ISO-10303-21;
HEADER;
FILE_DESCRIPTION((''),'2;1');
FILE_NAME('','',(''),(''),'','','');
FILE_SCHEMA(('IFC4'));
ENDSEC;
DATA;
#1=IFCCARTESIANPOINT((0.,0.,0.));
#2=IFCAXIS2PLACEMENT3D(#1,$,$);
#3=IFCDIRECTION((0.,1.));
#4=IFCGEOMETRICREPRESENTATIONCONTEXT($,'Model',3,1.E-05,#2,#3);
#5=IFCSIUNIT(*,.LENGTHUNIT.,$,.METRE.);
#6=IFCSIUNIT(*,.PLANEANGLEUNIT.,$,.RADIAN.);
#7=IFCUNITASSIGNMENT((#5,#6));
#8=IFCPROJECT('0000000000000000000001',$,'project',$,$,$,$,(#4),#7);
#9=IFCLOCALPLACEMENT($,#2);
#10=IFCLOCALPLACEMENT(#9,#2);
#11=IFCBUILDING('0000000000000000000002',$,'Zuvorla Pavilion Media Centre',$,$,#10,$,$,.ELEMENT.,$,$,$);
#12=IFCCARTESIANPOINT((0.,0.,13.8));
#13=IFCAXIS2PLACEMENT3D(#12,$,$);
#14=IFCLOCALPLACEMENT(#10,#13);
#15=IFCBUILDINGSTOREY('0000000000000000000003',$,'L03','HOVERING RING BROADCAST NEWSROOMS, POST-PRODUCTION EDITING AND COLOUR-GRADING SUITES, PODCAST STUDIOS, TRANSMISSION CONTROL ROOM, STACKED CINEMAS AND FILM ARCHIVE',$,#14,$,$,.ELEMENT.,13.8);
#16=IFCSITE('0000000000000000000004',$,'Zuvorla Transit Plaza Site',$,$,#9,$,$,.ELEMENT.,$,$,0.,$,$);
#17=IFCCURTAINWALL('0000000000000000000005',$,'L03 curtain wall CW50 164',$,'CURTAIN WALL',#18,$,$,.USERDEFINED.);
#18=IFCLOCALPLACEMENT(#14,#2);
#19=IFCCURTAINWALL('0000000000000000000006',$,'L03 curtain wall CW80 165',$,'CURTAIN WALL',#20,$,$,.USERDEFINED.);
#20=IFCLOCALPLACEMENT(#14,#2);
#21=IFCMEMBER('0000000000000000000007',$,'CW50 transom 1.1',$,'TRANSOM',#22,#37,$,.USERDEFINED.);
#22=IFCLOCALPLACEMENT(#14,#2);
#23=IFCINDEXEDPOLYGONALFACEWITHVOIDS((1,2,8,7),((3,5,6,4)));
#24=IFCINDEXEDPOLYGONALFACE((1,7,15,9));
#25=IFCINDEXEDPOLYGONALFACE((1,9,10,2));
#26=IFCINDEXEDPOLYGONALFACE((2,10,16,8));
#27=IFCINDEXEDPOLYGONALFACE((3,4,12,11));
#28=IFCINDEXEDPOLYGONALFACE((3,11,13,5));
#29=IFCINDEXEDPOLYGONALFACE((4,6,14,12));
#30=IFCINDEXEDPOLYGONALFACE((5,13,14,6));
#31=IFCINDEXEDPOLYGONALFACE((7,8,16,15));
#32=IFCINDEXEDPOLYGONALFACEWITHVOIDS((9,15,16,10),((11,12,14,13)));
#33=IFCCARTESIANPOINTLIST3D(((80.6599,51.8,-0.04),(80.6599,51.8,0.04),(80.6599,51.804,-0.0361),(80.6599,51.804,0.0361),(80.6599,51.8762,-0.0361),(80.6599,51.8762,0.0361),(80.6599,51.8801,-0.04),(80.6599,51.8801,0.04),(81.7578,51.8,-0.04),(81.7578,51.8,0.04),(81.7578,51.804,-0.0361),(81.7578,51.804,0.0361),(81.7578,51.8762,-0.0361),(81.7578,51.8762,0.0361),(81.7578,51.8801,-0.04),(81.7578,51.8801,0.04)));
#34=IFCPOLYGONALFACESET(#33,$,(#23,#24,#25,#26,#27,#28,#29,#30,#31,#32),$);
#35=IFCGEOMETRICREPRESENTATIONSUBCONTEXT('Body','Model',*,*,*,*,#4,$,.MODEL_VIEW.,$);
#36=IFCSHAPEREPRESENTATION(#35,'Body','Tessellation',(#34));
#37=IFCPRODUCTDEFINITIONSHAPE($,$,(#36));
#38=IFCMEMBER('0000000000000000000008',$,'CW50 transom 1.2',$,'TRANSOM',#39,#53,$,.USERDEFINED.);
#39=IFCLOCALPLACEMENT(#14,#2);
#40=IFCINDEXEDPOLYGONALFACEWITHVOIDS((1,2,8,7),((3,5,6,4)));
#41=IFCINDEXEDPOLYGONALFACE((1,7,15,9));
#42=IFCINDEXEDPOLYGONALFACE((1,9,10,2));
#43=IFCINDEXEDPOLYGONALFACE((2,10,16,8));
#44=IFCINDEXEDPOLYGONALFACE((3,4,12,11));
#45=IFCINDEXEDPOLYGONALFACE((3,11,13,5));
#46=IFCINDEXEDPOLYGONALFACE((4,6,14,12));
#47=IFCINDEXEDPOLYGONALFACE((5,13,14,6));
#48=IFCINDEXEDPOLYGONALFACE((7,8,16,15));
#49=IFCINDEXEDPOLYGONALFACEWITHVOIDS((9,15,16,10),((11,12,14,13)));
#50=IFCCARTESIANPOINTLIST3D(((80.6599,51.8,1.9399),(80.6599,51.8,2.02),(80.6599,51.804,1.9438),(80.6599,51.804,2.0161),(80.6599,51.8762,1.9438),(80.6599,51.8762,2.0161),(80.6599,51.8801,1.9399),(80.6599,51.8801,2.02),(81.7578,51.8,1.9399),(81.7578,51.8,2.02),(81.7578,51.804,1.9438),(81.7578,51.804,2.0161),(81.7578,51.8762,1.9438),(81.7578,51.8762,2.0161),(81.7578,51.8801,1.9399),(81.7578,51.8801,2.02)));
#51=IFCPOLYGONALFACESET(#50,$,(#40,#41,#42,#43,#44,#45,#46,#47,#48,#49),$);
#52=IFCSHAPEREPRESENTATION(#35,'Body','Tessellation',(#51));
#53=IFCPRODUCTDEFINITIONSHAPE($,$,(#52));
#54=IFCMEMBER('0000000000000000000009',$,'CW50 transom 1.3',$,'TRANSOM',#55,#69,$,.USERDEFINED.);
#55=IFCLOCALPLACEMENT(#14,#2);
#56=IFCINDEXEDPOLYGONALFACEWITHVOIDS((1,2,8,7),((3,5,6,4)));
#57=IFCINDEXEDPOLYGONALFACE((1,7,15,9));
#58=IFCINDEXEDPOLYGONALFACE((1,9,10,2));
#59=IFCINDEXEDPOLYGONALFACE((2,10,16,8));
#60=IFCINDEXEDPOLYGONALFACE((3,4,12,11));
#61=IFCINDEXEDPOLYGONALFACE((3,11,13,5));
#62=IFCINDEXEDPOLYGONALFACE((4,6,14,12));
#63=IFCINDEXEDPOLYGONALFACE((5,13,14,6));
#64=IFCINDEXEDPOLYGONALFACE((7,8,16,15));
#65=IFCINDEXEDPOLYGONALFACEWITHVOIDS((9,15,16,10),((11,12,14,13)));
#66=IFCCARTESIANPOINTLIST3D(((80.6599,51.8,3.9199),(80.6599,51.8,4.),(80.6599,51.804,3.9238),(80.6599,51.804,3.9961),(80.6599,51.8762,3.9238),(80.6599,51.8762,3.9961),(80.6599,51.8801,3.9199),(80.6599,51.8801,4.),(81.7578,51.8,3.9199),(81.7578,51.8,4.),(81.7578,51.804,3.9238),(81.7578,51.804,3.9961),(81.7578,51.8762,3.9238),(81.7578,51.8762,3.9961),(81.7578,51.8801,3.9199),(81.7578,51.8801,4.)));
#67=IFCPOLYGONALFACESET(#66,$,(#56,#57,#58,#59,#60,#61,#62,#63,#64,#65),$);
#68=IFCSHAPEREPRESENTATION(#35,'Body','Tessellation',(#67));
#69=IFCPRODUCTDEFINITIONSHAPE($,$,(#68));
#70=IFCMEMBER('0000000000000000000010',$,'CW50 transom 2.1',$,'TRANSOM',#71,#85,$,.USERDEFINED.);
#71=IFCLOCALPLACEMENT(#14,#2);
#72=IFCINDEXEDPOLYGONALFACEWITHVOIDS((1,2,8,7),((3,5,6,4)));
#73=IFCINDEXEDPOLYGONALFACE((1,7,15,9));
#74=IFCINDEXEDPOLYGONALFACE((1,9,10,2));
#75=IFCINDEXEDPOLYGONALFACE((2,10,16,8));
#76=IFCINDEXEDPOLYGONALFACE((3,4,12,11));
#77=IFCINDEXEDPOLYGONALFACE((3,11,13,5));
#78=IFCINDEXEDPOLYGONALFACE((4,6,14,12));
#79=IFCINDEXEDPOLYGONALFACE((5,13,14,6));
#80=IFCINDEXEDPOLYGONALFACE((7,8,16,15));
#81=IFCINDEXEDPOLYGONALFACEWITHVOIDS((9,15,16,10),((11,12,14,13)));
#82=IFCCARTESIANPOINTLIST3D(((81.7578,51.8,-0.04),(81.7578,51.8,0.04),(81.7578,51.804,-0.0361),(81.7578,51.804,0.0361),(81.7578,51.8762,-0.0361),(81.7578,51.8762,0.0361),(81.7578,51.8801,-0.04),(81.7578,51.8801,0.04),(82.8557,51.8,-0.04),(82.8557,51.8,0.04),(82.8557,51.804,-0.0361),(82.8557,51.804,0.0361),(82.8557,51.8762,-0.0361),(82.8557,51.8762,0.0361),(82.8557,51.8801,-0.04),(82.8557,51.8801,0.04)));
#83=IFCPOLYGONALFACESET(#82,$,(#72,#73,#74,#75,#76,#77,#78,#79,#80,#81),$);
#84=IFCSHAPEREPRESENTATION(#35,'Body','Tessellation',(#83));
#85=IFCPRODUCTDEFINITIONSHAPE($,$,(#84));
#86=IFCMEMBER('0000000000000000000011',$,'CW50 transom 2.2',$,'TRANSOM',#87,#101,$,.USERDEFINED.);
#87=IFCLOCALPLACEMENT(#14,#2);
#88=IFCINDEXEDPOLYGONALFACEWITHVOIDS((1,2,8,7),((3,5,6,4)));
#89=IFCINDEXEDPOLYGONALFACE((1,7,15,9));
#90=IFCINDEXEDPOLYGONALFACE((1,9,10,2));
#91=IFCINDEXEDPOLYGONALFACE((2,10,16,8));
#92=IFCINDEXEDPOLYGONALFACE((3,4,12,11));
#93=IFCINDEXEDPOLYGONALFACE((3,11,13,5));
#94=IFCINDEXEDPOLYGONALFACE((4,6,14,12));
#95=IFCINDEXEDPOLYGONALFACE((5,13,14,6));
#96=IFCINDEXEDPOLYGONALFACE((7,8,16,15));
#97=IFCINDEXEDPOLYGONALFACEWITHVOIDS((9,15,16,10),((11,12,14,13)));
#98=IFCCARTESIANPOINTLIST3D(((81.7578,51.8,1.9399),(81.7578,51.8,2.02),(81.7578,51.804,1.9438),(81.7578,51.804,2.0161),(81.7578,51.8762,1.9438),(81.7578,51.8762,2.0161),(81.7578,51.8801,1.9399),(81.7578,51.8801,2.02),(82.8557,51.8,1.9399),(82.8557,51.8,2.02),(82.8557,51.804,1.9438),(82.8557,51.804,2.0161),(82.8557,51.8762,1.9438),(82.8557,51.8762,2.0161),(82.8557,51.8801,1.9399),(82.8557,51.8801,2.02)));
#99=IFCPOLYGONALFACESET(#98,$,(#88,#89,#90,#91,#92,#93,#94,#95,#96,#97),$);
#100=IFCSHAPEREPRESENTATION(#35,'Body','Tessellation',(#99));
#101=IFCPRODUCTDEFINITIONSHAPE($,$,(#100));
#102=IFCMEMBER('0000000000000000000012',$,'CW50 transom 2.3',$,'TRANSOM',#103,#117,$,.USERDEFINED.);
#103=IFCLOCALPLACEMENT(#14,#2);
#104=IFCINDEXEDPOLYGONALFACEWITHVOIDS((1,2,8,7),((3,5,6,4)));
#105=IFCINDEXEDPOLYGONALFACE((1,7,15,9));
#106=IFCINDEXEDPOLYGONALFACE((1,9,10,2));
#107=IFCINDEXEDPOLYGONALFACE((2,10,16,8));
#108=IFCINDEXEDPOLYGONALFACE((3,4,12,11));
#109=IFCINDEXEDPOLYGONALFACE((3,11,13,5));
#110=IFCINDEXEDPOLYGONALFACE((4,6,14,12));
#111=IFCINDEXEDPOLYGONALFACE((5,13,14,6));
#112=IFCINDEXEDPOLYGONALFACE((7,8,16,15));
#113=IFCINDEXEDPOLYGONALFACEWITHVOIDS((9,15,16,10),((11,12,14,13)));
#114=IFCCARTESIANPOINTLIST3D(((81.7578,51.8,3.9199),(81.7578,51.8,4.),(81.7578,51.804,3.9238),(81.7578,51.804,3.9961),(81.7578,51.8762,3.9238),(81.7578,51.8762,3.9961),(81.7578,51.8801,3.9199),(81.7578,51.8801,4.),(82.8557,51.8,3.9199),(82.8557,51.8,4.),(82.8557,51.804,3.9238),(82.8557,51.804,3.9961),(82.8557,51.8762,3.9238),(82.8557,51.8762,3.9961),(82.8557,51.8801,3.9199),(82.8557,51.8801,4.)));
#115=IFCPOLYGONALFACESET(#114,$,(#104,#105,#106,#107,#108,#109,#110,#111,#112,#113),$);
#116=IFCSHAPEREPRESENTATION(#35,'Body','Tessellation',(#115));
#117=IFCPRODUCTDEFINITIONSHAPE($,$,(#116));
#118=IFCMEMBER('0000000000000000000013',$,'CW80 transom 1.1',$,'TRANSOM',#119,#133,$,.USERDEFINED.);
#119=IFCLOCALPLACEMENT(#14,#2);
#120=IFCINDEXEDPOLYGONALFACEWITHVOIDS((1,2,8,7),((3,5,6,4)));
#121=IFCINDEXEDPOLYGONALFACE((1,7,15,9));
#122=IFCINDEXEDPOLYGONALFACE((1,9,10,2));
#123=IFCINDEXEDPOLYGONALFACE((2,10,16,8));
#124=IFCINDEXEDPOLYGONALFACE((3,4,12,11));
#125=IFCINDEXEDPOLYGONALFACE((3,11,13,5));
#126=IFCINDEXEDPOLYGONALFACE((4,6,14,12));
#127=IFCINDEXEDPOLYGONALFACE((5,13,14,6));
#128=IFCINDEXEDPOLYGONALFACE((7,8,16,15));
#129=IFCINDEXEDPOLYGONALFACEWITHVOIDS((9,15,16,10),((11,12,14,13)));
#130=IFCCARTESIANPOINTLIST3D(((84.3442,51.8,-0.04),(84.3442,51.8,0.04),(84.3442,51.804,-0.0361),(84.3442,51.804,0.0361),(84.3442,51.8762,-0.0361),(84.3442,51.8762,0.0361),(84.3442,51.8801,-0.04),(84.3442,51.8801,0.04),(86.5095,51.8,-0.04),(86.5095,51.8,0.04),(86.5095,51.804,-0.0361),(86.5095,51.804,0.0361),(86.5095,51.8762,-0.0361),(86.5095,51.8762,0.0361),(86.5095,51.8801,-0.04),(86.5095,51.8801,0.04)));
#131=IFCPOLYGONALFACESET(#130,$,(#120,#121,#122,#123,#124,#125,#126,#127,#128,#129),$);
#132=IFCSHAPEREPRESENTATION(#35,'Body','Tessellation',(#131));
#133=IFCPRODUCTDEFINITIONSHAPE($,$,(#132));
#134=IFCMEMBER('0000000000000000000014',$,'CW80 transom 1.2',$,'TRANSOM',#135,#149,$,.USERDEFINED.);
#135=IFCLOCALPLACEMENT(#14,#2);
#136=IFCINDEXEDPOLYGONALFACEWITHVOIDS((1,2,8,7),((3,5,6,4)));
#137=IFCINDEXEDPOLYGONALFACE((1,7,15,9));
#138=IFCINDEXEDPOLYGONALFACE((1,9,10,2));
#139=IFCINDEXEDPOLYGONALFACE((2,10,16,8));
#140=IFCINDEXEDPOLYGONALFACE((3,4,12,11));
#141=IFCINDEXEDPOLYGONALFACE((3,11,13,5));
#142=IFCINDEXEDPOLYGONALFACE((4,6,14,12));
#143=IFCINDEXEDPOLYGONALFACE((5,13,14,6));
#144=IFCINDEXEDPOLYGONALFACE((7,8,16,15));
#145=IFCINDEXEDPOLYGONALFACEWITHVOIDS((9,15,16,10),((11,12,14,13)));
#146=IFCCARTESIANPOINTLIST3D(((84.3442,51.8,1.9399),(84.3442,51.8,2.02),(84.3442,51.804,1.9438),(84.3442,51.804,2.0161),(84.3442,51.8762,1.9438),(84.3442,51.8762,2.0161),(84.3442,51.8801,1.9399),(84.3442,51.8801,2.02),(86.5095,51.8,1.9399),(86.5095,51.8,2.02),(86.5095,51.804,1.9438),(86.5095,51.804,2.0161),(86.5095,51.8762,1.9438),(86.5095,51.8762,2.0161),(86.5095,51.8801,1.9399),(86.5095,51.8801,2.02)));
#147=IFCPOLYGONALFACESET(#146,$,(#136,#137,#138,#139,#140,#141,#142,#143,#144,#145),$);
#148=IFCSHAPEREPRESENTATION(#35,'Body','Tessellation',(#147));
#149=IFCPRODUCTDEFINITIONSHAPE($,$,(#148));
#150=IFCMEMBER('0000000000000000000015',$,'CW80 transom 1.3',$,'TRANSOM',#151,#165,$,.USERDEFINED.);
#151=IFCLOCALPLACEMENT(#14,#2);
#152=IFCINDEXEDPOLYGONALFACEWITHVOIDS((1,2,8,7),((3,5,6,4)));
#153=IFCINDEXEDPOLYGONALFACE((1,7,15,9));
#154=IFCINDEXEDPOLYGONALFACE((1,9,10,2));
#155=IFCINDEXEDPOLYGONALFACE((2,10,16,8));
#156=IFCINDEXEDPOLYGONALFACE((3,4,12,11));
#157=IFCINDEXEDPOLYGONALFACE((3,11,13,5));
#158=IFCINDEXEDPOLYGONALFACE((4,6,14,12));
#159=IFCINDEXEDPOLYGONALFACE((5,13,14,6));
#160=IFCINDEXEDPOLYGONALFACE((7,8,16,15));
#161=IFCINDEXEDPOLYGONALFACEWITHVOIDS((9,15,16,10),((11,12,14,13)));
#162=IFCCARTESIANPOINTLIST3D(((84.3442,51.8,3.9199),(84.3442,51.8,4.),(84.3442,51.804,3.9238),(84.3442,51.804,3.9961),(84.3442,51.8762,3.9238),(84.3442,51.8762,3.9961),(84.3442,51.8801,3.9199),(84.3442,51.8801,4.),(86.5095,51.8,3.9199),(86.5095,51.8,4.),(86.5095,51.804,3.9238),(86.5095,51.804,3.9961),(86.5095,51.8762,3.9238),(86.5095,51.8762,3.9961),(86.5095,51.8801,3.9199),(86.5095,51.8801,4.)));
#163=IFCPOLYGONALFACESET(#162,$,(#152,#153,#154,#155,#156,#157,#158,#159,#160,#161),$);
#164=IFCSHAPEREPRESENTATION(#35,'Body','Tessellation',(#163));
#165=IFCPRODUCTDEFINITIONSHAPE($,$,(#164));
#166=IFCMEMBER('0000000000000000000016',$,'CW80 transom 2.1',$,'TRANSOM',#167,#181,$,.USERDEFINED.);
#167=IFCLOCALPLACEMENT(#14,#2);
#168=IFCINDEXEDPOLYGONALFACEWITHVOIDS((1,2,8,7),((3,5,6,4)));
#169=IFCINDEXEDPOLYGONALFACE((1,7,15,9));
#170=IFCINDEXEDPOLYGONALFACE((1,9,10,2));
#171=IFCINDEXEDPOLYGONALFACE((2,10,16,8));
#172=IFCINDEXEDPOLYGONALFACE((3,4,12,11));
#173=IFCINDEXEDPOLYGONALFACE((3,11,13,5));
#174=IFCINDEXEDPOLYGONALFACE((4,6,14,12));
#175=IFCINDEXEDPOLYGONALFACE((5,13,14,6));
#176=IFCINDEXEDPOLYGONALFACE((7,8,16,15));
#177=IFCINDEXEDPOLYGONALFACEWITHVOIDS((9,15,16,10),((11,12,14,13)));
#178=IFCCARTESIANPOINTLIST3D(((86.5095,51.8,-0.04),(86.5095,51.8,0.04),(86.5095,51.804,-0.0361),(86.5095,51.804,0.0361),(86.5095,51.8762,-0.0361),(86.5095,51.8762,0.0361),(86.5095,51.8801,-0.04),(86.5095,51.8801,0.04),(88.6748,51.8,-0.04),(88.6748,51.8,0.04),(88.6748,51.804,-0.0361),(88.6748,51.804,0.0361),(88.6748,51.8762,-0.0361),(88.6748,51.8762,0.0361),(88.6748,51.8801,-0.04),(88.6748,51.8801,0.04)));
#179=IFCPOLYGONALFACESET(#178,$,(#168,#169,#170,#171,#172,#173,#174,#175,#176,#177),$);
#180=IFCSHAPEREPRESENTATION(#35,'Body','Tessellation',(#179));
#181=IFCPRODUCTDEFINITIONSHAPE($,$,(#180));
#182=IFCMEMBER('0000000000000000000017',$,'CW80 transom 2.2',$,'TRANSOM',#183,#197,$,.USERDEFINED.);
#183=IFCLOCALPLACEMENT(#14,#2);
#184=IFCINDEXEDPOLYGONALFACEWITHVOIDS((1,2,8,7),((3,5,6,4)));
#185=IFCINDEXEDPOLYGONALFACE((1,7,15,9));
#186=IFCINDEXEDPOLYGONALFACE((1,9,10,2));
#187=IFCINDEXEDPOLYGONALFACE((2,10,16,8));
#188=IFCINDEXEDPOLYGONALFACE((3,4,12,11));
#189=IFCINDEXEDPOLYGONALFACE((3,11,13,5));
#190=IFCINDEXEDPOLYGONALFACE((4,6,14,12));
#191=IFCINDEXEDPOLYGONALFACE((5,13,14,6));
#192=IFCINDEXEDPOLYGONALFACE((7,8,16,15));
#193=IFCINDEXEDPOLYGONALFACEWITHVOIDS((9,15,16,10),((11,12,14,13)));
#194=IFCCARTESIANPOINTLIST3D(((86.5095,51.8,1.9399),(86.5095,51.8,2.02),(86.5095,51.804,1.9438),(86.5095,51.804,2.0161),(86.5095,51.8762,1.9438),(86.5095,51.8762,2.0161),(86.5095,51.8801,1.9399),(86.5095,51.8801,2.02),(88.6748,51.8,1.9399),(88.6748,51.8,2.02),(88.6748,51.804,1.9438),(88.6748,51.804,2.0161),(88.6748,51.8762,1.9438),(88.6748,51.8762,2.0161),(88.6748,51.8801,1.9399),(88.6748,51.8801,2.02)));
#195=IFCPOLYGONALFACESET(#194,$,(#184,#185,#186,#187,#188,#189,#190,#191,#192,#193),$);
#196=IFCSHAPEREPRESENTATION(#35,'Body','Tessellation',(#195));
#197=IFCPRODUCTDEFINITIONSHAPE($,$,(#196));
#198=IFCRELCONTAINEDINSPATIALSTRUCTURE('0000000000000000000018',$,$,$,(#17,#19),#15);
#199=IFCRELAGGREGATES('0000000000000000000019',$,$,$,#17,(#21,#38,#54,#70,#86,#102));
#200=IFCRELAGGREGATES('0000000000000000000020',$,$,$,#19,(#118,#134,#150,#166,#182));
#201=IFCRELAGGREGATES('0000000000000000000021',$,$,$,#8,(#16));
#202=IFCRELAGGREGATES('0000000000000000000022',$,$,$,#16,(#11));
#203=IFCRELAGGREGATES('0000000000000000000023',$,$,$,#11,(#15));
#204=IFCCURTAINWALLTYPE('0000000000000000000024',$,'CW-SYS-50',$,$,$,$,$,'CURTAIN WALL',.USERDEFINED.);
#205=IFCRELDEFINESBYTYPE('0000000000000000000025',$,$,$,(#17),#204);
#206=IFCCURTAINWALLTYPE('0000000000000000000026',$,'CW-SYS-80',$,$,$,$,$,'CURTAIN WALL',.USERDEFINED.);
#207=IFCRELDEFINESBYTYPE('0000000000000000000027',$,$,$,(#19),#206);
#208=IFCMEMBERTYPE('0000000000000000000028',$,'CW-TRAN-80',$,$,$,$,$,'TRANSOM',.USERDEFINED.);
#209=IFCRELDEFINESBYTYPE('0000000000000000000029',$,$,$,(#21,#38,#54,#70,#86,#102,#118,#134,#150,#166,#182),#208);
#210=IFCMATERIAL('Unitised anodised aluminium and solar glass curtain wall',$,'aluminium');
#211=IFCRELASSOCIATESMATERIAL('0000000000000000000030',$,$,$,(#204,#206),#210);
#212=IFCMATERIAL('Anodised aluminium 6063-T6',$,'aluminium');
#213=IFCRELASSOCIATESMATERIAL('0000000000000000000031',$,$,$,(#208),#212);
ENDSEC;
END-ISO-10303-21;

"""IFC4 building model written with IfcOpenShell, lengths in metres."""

from ifc_helpers import new_model, si_unit, direction, frame, origin, origin_2d, place, context, subcontext, project, spatial, hollow_rectangle, extrude, material, material_profile, profile_set, type_object, element, aggregate, save


model = new_model("IFC4")

# Units and contexts
model_context = context("Model", 3, precision=1e-05, world=origin(), true_north=direction((0.0, 1.0)))
body_context = subcontext(model_context, "Body", "Model", "MODEL_VIEW")
ifc_project = project(units=[si_unit("LENGTHUNIT", "METRE"), si_unit("PLANEANGLEUNIT", "RADIAN")], contexts=[model_context])

# Site, building, storey
site_placement = place(None, origin())
site = spatial("IfcSite", under=ifc_project, at=site_placement, Name="Zuvorla Transit Plaza Site", CompositionType="ELEMENT", RefElevation=0.0)
building_placement = place(site_placement, origin())
building = spatial("IfcBuilding", under=site, at=building_placement, Name="Zuvorla Pavilion Media Centre", CompositionType="ELEMENT")
storey_placement = place(building_placement, frame((0.0, 0.0, 13.8)))
storey = spatial("IfcBuildingStorey", under=building, at=storey_placement, Name="L03", Description="HOVERING RING BROADCAST NEWSROOMS, POST-PRODUCTION EDITING AND COLOUR-GRADING SUITES, PODCAST STUDIOS, TRANSMISSION CONTROL ROOM, STACKED CINEMAS AND FILM ARCHIVE", CompositionType="ELEMENT", Elevation=13.8)

# Curtain walls
ifc_material_1 = material(Name="Unitised anodised aluminium and solar glass curtain wall", Category="aluminium")
curtain_wall_type_1 = type_object("IfcCurtainWallType", Name="CW-SYS-50", ElementType="CURTAIN WALL", PredefinedType="USERDEFINED", material=ifc_material_1)
curtain_wall_1_placement = place(storey_placement, origin())
curtain_wall_1 = element("IfcCurtainWall", 1, at=curtain_wall_1_placement, inside=storey, type_object=curtain_wall_type_1, Name="L03 curtain wall CW50 164", ObjectType="CURTAIN WALL", PredefinedType="USERDEFINED")
ifc_material_2 = material(Name="Anodised aluminium 6063-T6", Category="aluminium")
curtain_wall_type_2 = type_object("IfcCurtainWallType", Name="CW-SYS-80", ElementType="CURTAIN WALL", PredefinedType="USERDEFINED", material=ifc_material_1)
curtain_wall_2_placement = place(storey_placement, origin())
curtain_wall_2 = element("IfcCurtainWall", 2, at=curtain_wall_2_placement, inside=storey, type_object=curtain_wall_type_2, Name="L03 curtain wall CW80 165", ObjectType="CURTAIN WALL", PredefinedType="USERDEFINED")

# Members
ifc_material_profile_1 = material_profile(ifc_material_2, hollow_rectangle(XDim=0.0801, YDim=0.0801, WallThickness=0.0039, at=origin_2d()), Name="ALU TRAN 80x80")
ifc_profile_set_1 = profile_set([ifc_material_profile_1], Name="Anodised aluminium 6063-T6")
member_type_1 = type_object("IfcMemberType", Name="CW-TRAN-80", ElementType="TRANSOM", PredefinedType="USERDEFINED", material=ifc_profile_set_1)
member_1_placement = place(storey_placement, frame((80.6599, 51.8401, 0.0), z_axis=(1.0, 0.0, 0.0), x_axis=(0.0, 1.0, 0.0)))
member_1 = element("IfcMember", 3, at=member_1_placement, type_object=member_type_1, Name="CW50 transom 1.1", ObjectType="TRANSOM", PredefinedType="USERDEFINED", context=body_context, shape_type="SweptSolid", body=[
    extrude(hollow_rectangle(XDim=0.0801, YDim=0.0801, WallThickness=0.0039, at=origin_2d()), origin(), (0.0, 0.0, 1.0), 1.0979),
])
member_2_placement = place(storey_placement, frame((80.6599, 51.8401, 1.98), z_axis=(1.0, 0.0, 0.0), x_axis=(0.0, 1.0, 0.0)))
member_2 = element("IfcMember", 4, at=member_2_placement, type_object=member_type_1, Name="CW50 transom 1.2", ObjectType="TRANSOM", PredefinedType="USERDEFINED", context=body_context, shape_type="SweptSolid", body=[
    extrude(hollow_rectangle(XDim=0.0801, YDim=0.0801, WallThickness=0.0039, at=origin_2d()), origin(), (0.0, 0.0, 1.0), 1.0979),
])
member_3_placement = place(storey_placement, frame((80.6599, 51.8401, 3.96), z_axis=(1.0, 0.0, 0.0), x_axis=(0.0, 1.0, 0.0)))
member_3 = element("IfcMember", 5, at=member_3_placement, type_object=member_type_1, Name="CW50 transom 1.3", ObjectType="TRANSOM", PredefinedType="USERDEFINED", context=body_context, shape_type="SweptSolid", body=[
    extrude(hollow_rectangle(XDim=0.0801, YDim=0.0801, WallThickness=0.0039, at=origin_2d()), origin(), (0.0, 0.0, 1.0), 1.0979),
])
member_4_placement = place(storey_placement, frame((81.7578, 51.8401, 0.0), z_axis=(1.0, 0.0, 0.0), x_axis=(0.0, 1.0, 0.0)))
member_4 = element("IfcMember", 6, at=member_4_placement, type_object=member_type_1, Name="CW50 transom 2.1", ObjectType="TRANSOM", PredefinedType="USERDEFINED", context=body_context, shape_type="SweptSolid", body=[
    extrude(hollow_rectangle(XDim=0.0801, YDim=0.0801, WallThickness=0.0039, at=origin_2d()), origin(), (0.0, 0.0, 1.0), 1.0979),
])
member_5_placement = place(storey_placement, frame((81.7578, 51.8401, 1.98), z_axis=(1.0, 0.0, 0.0), x_axis=(0.0, 1.0, 0.0)))
member_5 = element("IfcMember", 7, at=member_5_placement, type_object=member_type_1, Name="CW50 transom 2.2", ObjectType="TRANSOM", PredefinedType="USERDEFINED", context=body_context, shape_type="SweptSolid", body=[
    extrude(hollow_rectangle(XDim=0.0801, YDim=0.0801, WallThickness=0.0039, at=origin_2d()), origin(), (0.0, 0.0, 1.0), 1.0979),
])
member_6_placement = place(storey_placement, frame((81.7578, 51.8401, 3.96), z_axis=(1.0, 0.0, 0.0), x_axis=(0.0, 1.0, 0.0)))
member_6 = element("IfcMember", 8, at=member_6_placement, type_object=member_type_1, Name="CW50 transom 2.3", ObjectType="TRANSOM", PredefinedType="USERDEFINED", context=body_context, shape_type="SweptSolid", body=[
    extrude(hollow_rectangle(XDim=0.0801, YDim=0.0801, WallThickness=0.0039, at=origin_2d()), origin(), (0.0, 0.0, 1.0), 1.0979),
])
member_7_placement = place(storey_placement, frame((84.3442, 51.8401, 0.0), z_axis=(1.0, 0.0, 0.0), x_axis=(0.0, 1.0, 0.0)))
member_7 = element("IfcMember", 9, at=member_7_placement, type_object=member_type_1, Name="CW80 transom 1.1", ObjectType="TRANSOM", PredefinedType="USERDEFINED", context=body_context, shape_type="SweptSolid", body=[
    extrude(hollow_rectangle(XDim=0.0801, YDim=0.0801, WallThickness=0.0039, at=origin_2d()), origin(), (0.0, 0.0, 1.0), 2.1653),
])
member_8_placement = place(storey_placement, frame((84.3442, 51.8401, 1.98), z_axis=(1.0, 0.0, 0.0), x_axis=(0.0, 1.0, 0.0)))
member_8 = element("IfcMember", 10, at=member_8_placement, type_object=member_type_1, Name="CW80 transom 1.2", ObjectType="TRANSOM", PredefinedType="USERDEFINED", context=body_context, shape_type="SweptSolid", body=[
    extrude(hollow_rectangle(XDim=0.0801, YDim=0.0801, WallThickness=0.0039, at=origin_2d()), origin(), (0.0, 0.0, 1.0), 2.1653),
])
member_9_placement = place(storey_placement, frame((84.3442, 51.8401, 3.96), z_axis=(1.0, 0.0, 0.0), x_axis=(0.0, 1.0, 0.0)))
member_9 = element("IfcMember", 11, at=member_9_placement, type_object=member_type_1, Name="CW80 transom 1.3", ObjectType="TRANSOM", PredefinedType="USERDEFINED", context=body_context, shape_type="SweptSolid", body=[
    extrude(hollow_rectangle(XDim=0.0801, YDim=0.0801, WallThickness=0.0039, at=origin_2d()), origin(), (0.0, 0.0, 1.0), 2.1653),
])
member_10_placement = place(storey_placement, frame((86.5095, 51.8401, 0.0), z_axis=(1.0, 0.0, 0.0), x_axis=(0.0, 1.0, 0.0)))
member_10 = element("IfcMember", 12, at=member_10_placement, type_object=member_type_1, Name="CW80 transom 2.1", ObjectType="TRANSOM", PredefinedType="USERDEFINED", context=body_context, shape_type="SweptSolid", body=[
    extrude(hollow_rectangle(XDim=0.0801, YDim=0.0801, WallThickness=0.0039, at=origin_2d()), origin(), (0.0, 0.0, 1.0), 2.1653),
])
member_11_placement = place(storey_placement, frame((86.5095, 51.8401, 1.98), z_axis=(1.0, 0.0, 0.0), x_axis=(0.0, 1.0, 0.0)))
member_11 = element("IfcMember", 13, at=member_11_placement, type_object=member_type_1, Name="CW80 transom 2.2", ObjectType="TRANSOM", PredefinedType="USERDEFINED", context=body_context, shape_type="SweptSolid", body=[
    extrude(hollow_rectangle(XDim=0.0801, YDim=0.0801, WallThickness=0.0039, at=origin_2d()), origin(), (0.0, 0.0, 1.0), 2.1653),
])

aggregate(curtain_wall_1, [member_1, member_2, member_3, member_4, member_5, member_6])
aggregate(curtain_wall_2, [member_7, member_8, member_9, member_10, member_11])

save(model, "model.ifc")
